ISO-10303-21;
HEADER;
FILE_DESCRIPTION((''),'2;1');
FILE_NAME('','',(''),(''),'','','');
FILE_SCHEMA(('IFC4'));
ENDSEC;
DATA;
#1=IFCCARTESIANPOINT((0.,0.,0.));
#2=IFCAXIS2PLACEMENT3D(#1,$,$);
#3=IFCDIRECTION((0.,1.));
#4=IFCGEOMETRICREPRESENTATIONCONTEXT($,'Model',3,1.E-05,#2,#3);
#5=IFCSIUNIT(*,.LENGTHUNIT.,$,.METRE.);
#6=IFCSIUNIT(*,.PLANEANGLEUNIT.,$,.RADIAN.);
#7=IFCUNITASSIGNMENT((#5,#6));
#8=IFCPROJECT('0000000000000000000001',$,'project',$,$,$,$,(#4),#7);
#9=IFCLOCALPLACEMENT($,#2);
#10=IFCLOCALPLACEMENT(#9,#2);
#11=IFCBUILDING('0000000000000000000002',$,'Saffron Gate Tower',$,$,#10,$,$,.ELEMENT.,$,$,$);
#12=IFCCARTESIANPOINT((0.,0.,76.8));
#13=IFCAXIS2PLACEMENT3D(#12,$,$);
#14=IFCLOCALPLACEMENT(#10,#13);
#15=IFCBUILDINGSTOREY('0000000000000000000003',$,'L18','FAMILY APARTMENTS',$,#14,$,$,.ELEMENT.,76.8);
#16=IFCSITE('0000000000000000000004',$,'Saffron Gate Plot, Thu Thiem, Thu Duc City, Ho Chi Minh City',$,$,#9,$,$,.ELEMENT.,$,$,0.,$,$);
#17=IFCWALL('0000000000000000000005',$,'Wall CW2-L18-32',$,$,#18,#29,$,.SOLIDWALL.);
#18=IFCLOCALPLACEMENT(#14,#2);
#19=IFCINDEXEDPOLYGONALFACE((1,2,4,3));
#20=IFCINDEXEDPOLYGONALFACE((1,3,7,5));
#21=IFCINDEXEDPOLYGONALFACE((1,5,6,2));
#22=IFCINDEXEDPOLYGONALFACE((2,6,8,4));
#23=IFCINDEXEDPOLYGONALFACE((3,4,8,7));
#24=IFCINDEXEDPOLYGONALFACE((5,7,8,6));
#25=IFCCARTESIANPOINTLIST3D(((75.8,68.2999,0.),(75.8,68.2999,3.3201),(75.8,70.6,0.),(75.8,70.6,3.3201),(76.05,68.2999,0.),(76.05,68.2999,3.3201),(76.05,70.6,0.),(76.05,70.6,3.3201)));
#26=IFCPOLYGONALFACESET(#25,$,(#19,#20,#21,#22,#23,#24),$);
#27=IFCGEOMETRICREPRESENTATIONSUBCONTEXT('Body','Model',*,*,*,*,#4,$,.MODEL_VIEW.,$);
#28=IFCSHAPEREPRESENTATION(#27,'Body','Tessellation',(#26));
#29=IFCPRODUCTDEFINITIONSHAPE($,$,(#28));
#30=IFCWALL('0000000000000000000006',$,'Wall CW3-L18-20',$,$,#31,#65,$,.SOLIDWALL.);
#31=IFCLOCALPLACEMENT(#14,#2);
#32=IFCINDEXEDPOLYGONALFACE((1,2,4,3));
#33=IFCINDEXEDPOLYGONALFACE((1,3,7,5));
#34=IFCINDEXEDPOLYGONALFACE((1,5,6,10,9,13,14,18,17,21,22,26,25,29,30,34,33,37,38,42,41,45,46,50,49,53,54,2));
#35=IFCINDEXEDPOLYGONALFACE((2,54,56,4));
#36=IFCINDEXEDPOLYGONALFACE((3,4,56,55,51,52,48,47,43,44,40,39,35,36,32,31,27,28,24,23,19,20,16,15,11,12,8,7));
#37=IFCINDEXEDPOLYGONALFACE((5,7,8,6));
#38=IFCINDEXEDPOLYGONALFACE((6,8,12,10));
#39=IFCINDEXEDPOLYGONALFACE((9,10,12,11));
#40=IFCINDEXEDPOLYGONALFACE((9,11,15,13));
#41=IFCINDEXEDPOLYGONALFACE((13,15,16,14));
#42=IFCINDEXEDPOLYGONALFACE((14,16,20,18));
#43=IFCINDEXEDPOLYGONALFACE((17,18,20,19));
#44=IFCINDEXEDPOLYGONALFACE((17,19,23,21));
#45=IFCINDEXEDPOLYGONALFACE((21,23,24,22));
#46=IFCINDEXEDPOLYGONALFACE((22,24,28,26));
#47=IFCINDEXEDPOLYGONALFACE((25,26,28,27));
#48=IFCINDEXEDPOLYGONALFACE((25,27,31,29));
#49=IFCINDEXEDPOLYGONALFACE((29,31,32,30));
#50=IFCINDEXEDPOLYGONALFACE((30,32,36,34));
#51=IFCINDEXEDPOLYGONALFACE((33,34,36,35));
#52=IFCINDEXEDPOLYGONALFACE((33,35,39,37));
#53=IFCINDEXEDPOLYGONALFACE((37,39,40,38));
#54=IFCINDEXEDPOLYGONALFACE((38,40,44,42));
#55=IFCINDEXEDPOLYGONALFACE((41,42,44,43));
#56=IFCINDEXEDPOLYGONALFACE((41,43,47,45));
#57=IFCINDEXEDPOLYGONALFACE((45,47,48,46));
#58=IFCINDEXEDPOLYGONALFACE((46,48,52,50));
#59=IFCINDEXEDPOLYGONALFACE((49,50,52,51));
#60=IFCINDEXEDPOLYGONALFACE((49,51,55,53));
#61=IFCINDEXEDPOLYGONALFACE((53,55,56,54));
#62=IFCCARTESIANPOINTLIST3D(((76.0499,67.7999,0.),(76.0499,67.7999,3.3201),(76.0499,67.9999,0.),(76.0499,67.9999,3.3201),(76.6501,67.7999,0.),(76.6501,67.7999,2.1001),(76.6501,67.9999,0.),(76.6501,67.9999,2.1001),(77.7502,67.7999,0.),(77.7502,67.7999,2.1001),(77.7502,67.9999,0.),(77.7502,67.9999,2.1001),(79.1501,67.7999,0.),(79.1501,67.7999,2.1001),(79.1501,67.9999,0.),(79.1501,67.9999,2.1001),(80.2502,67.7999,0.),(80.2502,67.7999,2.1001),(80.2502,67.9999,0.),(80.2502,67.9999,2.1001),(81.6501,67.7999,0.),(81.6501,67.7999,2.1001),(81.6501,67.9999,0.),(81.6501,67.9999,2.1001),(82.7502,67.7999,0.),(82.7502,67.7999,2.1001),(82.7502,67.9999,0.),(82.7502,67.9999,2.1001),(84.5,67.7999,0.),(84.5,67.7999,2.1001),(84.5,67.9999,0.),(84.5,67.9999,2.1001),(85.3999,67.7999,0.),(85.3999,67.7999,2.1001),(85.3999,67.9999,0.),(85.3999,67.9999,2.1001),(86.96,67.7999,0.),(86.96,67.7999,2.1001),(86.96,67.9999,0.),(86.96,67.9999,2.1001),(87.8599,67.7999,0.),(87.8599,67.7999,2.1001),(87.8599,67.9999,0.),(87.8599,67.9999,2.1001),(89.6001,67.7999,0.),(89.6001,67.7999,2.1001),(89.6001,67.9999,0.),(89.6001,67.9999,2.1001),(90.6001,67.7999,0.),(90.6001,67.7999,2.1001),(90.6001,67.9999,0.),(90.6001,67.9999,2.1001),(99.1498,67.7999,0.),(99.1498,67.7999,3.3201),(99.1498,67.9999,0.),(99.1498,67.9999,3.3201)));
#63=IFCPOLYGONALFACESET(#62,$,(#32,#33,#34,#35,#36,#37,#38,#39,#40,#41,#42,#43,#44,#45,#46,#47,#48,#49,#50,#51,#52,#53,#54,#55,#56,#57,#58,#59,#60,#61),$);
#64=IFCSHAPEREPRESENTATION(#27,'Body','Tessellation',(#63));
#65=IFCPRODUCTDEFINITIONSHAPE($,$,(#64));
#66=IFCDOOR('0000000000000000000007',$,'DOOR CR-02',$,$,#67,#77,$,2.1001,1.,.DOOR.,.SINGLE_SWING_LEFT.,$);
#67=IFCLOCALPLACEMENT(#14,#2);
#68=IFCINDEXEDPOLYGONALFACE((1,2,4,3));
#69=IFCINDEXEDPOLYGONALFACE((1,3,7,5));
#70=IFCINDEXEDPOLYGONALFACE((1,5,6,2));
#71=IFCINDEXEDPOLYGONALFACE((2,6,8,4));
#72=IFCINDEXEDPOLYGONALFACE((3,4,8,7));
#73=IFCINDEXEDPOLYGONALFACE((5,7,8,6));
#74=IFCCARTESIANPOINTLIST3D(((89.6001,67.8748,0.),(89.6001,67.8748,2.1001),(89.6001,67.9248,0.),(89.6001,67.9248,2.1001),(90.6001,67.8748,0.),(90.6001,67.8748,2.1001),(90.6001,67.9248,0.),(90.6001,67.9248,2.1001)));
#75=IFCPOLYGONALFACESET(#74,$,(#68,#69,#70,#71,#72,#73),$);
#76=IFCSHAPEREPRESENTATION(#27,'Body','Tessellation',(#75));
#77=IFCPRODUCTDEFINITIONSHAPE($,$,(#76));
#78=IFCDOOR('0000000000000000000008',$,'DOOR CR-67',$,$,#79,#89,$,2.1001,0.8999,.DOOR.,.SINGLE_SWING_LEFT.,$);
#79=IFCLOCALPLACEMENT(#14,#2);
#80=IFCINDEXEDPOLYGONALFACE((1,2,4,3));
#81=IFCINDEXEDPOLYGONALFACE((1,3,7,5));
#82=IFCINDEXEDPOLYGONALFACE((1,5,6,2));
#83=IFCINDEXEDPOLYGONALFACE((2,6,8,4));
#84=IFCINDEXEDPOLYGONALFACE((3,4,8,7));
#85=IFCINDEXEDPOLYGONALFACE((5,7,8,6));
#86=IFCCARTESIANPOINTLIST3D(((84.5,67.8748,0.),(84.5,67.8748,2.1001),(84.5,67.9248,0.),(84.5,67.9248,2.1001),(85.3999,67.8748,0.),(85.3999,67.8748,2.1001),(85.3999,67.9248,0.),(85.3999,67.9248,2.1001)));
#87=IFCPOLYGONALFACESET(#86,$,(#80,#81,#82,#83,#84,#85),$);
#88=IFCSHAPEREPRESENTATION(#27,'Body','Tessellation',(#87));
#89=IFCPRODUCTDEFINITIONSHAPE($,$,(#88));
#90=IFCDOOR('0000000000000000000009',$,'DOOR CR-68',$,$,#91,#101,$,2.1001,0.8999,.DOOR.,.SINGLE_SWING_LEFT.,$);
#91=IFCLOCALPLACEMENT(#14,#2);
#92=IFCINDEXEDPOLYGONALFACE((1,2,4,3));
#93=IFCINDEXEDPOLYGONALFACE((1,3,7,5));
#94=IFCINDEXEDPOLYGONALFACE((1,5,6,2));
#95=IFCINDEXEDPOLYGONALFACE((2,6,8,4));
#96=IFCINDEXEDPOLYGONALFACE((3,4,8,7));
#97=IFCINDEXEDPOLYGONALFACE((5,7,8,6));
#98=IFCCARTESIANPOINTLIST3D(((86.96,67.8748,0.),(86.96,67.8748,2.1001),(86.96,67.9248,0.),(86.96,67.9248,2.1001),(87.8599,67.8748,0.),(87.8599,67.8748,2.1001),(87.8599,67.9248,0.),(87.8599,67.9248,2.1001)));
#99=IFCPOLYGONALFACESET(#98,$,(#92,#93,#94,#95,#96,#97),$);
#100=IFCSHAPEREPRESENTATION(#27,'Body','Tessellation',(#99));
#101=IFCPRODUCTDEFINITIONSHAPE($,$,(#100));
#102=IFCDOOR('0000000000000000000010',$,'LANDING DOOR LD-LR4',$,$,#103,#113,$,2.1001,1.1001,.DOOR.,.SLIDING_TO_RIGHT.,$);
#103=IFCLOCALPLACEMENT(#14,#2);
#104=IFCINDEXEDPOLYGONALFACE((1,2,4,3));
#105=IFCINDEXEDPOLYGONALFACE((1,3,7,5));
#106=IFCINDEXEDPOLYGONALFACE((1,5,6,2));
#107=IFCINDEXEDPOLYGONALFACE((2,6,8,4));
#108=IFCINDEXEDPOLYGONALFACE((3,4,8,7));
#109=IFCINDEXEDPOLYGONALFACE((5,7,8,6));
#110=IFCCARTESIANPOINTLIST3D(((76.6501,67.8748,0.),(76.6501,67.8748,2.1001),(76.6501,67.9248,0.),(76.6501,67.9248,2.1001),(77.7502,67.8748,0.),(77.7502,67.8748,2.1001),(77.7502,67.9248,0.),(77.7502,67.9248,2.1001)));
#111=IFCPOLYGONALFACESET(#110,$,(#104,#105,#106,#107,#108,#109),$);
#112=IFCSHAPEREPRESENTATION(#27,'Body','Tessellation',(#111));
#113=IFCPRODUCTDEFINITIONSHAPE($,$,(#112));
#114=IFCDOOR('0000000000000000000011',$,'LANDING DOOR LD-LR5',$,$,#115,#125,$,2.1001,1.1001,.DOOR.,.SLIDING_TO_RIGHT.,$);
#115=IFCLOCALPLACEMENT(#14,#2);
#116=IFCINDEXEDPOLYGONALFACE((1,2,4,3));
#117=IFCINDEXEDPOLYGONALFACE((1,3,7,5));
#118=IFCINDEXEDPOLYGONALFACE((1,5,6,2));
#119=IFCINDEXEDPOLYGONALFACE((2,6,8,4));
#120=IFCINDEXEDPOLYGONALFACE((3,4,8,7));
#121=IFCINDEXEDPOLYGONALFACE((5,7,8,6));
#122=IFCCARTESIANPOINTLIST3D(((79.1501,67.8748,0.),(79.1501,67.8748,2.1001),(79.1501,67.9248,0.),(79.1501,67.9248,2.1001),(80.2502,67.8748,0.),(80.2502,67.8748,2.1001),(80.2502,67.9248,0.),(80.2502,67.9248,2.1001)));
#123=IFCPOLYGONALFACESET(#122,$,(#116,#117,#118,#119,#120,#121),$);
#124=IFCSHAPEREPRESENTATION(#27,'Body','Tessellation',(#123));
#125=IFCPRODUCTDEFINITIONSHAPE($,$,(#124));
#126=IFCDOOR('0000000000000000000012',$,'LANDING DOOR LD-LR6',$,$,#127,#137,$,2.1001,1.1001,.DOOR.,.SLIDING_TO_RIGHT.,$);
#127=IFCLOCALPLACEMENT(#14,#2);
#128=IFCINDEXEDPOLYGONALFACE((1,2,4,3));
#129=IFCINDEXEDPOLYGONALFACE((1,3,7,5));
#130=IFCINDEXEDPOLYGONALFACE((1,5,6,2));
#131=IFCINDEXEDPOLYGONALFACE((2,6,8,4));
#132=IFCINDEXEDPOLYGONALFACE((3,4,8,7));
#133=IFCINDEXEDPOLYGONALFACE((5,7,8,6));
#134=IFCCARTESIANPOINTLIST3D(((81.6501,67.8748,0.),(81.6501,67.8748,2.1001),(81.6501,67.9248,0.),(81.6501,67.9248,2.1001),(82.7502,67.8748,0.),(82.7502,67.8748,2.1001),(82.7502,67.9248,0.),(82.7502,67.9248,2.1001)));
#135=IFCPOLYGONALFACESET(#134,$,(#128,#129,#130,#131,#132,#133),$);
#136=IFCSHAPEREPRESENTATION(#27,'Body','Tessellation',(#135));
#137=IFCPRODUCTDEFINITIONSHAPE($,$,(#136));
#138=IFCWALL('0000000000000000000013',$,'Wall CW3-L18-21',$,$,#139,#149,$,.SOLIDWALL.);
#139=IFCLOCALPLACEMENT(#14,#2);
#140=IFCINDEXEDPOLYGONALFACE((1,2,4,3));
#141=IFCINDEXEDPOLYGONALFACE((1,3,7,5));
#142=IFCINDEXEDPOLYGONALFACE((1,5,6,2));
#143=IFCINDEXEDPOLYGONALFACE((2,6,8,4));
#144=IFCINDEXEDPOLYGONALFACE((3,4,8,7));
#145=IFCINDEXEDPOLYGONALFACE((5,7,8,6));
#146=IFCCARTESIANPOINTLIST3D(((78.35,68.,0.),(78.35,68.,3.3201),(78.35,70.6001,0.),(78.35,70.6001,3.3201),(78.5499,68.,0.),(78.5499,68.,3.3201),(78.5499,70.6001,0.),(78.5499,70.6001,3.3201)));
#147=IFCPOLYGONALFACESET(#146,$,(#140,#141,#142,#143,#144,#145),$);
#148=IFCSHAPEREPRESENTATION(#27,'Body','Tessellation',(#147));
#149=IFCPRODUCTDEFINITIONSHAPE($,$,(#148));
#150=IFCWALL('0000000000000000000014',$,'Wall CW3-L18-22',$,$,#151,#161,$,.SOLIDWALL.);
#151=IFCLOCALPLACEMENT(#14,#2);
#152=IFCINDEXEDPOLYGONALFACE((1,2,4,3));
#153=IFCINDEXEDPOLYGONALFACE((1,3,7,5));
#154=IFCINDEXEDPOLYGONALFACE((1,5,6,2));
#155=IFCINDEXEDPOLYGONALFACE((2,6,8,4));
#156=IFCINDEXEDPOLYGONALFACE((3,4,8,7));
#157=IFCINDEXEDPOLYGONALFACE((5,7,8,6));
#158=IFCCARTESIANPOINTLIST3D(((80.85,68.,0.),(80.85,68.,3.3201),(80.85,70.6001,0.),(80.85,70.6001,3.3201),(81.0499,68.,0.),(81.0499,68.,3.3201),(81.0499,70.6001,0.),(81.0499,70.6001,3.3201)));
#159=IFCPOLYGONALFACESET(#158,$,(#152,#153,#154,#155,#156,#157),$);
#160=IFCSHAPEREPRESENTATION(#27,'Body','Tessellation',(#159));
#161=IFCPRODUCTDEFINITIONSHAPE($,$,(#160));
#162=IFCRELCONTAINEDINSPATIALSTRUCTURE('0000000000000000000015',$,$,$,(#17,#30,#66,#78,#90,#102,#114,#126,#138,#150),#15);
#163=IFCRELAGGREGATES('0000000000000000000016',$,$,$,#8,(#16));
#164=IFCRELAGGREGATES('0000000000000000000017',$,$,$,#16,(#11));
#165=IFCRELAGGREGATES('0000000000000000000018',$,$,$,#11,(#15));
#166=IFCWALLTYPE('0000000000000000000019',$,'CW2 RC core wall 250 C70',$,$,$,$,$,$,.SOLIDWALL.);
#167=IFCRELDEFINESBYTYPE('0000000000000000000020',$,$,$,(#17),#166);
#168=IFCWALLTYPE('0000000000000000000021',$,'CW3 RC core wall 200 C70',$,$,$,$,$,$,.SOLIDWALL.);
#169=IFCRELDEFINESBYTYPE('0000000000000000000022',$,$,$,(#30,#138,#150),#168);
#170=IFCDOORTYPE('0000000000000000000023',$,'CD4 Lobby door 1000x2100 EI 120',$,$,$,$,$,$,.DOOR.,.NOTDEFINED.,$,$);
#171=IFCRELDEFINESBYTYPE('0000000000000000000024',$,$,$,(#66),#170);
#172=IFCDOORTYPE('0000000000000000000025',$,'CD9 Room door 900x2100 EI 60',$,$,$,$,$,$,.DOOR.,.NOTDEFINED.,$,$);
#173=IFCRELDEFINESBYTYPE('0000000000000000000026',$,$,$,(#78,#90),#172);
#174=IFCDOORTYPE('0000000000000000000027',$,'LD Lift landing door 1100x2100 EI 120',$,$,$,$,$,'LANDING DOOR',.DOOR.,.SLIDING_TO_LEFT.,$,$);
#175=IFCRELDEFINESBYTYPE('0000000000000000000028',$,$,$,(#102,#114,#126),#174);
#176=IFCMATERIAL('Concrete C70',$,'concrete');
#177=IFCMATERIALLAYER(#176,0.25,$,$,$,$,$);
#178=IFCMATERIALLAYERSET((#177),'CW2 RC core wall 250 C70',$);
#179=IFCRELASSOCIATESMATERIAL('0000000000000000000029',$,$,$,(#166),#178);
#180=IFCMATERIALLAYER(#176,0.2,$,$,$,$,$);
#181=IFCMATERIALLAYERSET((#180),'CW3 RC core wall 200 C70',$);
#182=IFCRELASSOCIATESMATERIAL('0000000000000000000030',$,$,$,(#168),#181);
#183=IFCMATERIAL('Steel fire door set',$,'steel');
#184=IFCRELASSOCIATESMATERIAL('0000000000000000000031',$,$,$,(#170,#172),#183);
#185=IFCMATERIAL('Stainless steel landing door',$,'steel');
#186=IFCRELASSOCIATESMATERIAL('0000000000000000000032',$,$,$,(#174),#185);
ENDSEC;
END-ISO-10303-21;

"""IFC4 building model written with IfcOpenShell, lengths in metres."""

from ifc_helpers import new_model, si_unit, direction, frame, frame_2d, origin, place, context, subcontext, project, spatial, rectangle, extrude, material, layer, layer_set, type_object, element, fill, save


model = new_model("IFC4")

# Units and contexts
model_context = context("Model", 3, precision=1e-05, world=origin(), true_north=direction((0.0, 1.0)))
body_context = subcontext(model_context, "Body", "Model", "MODEL_VIEW")
ifc_project = project(units=[si_unit("LENGTHUNIT", "METRE"), si_unit("PLANEANGLEUNIT", "RADIAN")], contexts=[model_context])

# Site, building, storey
site_placement = place(None, origin())
site = spatial("IfcSite", under=ifc_project, at=site_placement, Name="Saffron Gate Plot, Thu Thiem, Thu Duc City, Ho Chi Minh City", CompositionType="ELEMENT", RefElevation=0.0)
building_placement = place(site_placement, origin())
building = spatial("IfcBuilding", under=site, at=building_placement, Name="Saffron Gate Tower", CompositionType="ELEMENT")
storey_placement = place(building_placement, frame((0.0, 0.0, 76.8)))
storey = spatial("IfcBuildingStorey", under=building, at=storey_placement, Name="L18", Description="FAMILY APARTMENTS", CompositionType="ELEMENT", Elevation=76.8)

# Wall
ifc_material_1 = material(Name="Concrete C70", Category="concrete")
ifc_layer_1 = layer(ifc_material_1, 0.25)
ifc_layer_set_1 = layer_set([ifc_layer_1], Name="CW2 RC core wall 250 C70")
wall_type_1 = type_object("IfcWallType", Name="CW2 RC core wall 250 C70", PredefinedType="SOLIDWALL", material=ifc_layer_set_1)
wall_1_placement = place(storey_placement, frame((75.925, 68.3, 0.0), z_axis=(0.0, 0.0, 1.0), x_axis=(0.0, 1.0, 0.0)))
element("IfcWall", 1, at=wall_1_placement, inside=storey, type_object=wall_type_1, Name="Wall CW2-L18-32", PredefinedType="SOLIDWALL", context=body_context, shape_type="SweptSolid", body=[
    extrude(rectangle(XDim=2.3, YDim=0.25, at=frame_2d((1.1499, 0.0))), origin(), (0.0, 0.0, 1.0), 3.3201),
])

# Wall, openings, doors
ifc_layer_2 = layer(ifc_material_1, 0.2)
ifc_layer_set_2 = layer_set([ifc_layer_2], Name="CW3 RC core wall 200 C70")
wall_type_2 = type_object("IfcWallType", Name="CW3 RC core wall 200 C70", PredefinedType="SOLIDWALL", material=ifc_layer_set_2)
wall_2_placement = place(storey_placement, frame((76.05, 67.8999, 0.0), z_axis=(0.0, 0.0, 1.0), x_axis=(1.0, 0.0, 0.0)))
wall_2 = element("IfcWall", 2, at=wall_2_placement, inside=storey, type_object=wall_type_2, Name="Wall CW3-L18-20", PredefinedType="SOLIDWALL", context=body_context, shape_type="SweptSolid", body=[
    extrude(rectangle(XDim=23.0999, YDim=0.2, at=frame_2d((11.5498, 0.0))), origin(), (0.0, 0.0, 1.0), 3.3201),
])
opening_1_placement = place(wall_2_placement, frame((0.6001, 0.0, 0.0)))
opening_1 = element("IfcOpeningElement", 3, at=opening_1_placement, cuts=wall_2, PredefinedType="OPENING", context=body_context, shape_type="SweptSolid", body=[
    extrude(rectangle(XDim=1.1001, YDim=2.1001, at=frame_2d((0.55, 1.05))), frame((0.0, 0.1099, 0.0), z_axis=(0.0, -1.0, 0.0), x_axis=(1.0, 0.0, 0.0)), (0.0, 0.0, 1.0), 0.22),
])
opening_2_placement = place(wall_2_placement, frame((3.1001, 0.0, 0.0)))
opening_2 = element("IfcOpeningElement", 4, at=opening_2_placement, cuts=wall_2, PredefinedType="OPENING", context=body_context, shape_type="SweptSolid", body=[
    extrude(rectangle(XDim=1.1001, YDim=2.1001, at=frame_2d((0.55, 1.05))), frame((0.0, 0.1099, 0.0), z_axis=(0.0, -1.0, 0.0), x_axis=(1.0, 0.0, 0.0)), (0.0, 0.0, 1.0), 0.22),
])
opening_3_placement = place(wall_2_placement, frame((5.6001, 0.0, 0.0)))
opening_3 = element("IfcOpeningElement", 5, at=opening_3_placement, cuts=wall_2, PredefinedType="OPENING", context=body_context, shape_type="SweptSolid", body=[
    extrude(rectangle(XDim=1.1001, YDim=2.1001, at=frame_2d((0.55, 1.05))), frame((0.0, 0.1099, 0.0), z_axis=(0.0, -1.0, 0.0), x_axis=(1.0, 0.0, 0.0)), (0.0, 0.0, 1.0), 0.22),
])
opening_4_placement = place(wall_2_placement, frame((8.45, 0.0, 0.0)))
opening_4 = element("IfcOpeningElement", 6, at=opening_4_placement, cuts=wall_2, PredefinedType="OPENING", context=body_context, shape_type="SweptSolid", body=[
    extrude(rectangle(XDim=0.8999, YDim=2.1001, at=frame_2d((0.45, 1.05))), frame((0.0, 0.1099, 0.0), z_axis=(0.0, -1.0, 0.0), x_axis=(1.0, 0.0, 0.0)), (0.0, 0.0, 1.0), 0.22),
])
opening_5_placement = place(wall_2_placement, frame((10.9099, 0.0, 0.0)))
opening_5 = element("IfcOpeningElement", 7, at=opening_5_placement, cuts=wall_2, PredefinedType="OPENING", context=body_context, shape_type="SweptSolid", body=[
    extrude(rectangle(XDim=0.8999, YDim=2.1001, at=frame_2d((0.45, 1.05))), frame((0.0, 0.1099, 0.0), z_axis=(0.0, -1.0, 0.0), x_axis=(1.0, 0.0, 0.0)), (0.0, 0.0, 1.0), 0.22),
])
opening_6_placement = place(wall_2_placement, frame((13.55, 0.0, 0.0)))
opening_6 = element("IfcOpeningElement", 8, at=opening_6_placement, cuts=wall_2, PredefinedType="OPENING", context=body_context, shape_type="SweptSolid", body=[
    extrude(rectangle(XDim=1.0, YDim=2.1001, at=frame_2d((0.5, 1.05))), frame((0.0, 0.1099, 0.0), z_axis=(0.0, -1.0, 0.0), x_axis=(1.0, 0.0, 0.0)), (0.0, 0.0, 1.0), 0.22),
])
ifc_material_2 = material(Name="Steel fire door set", Category="steel")
door_type_1 = type_object("IfcDoorType", Name="CD4 Lobby door 1000x2100 EI 120", OperationType="NOTDEFINED", PredefinedType="DOOR", material=ifc_material_2)
door_1_placement = place(opening_6_placement, origin())
door_1 = element("IfcDoor", 9, at=door_1_placement, inside=storey, type_object=door_type_1, Name="DOOR CR-02", OperationType="SINGLE_SWING_LEFT", OverallHeight=2.1001, OverallWidth=1.0, PredefinedType="DOOR", context=body_context, shape_type="SweptSolid", body=[
    extrude(rectangle(XDim=1.0, YDim=2.1001, at=frame_2d((0.5, 1.05))), frame((0.0, 0.0249, 0.0), z_axis=(0.0, -1.0, 0.0), x_axis=(1.0, 0.0, 0.0)), (0.0, 0.0, 1.0), 0.05),
])
fill(opening_6, door_1)
door_type_2 = type_object("IfcDoorType", Name="CD9 Room door 900x2100 EI 60", OperationType="NOTDEFINED", PredefinedType="DOOR", material=ifc_material_2)
door_2_placement = place(opening_4_placement, origin())
door_2 = element("IfcDoor", 10, at=door_2_placement, inside=storey, type_object=door_type_2, Name="DOOR CR-67", OperationType="SINGLE_SWING_LEFT", OverallHeight=2.1001, OverallWidth=0.8999, PredefinedType="DOOR", context=body_context, shape_type="SweptSolid", body=[
    extrude(rectangle(XDim=0.8999, YDim=2.1001, at=frame_2d((0.45, 1.05))), frame((0.0, 0.0249, 0.0), z_axis=(0.0, -1.0, 0.0), x_axis=(1.0, 0.0, 0.0)), (0.0, 0.0, 1.0), 0.05),
])
fill(opening_4, door_2)
door_3_placement = place(opening_5_placement, origin())
door_3 = element("IfcDoor", 11, at=door_3_placement, inside=storey, type_object=door_type_2, Name="DOOR CR-68", OperationType="SINGLE_SWING_LEFT", OverallHeight=2.1001, OverallWidth=0.8999, PredefinedType="DOOR", context=body_context, shape_type="SweptSolid", body=[
    extrude(rectangle(XDim=0.8999, YDim=2.1001, at=frame_2d((0.45, 1.05))), frame((0.0, 0.0249, 0.0), z_axis=(0.0, -1.0, 0.0), x_axis=(1.0, 0.0, 0.0)), (0.0, 0.0, 1.0), 0.05),
])
fill(opening_5, door_3)
ifc_material_3 = material(Name="Stainless steel landing door", Category="steel")
door_type_3 = type_object("IfcDoorType", Name="LD Lift landing door 1100x2100 EI 120", ElementType="LANDING DOOR", OperationType="SLIDING_TO_LEFT", PredefinedType="DOOR", material=ifc_material_3)
door_4_placement = place(opening_1_placement, origin())
door_4 = element("IfcDoor", 12, at=door_4_placement, inside=storey, type_object=door_type_3, Name="LANDING DOOR LD-LR4", OperationType="SLIDING_TO_RIGHT", OverallHeight=2.1001, OverallWidth=1.1001, PredefinedType="DOOR", context=body_context, shape_type="SweptSolid", body=[
    extrude(rectangle(XDim=1.1001, YDim=2.1001, at=frame_2d((0.55, 1.05))), frame((0.0, 0.0249, 0.0), z_axis=(0.0, -1.0, 0.0), x_axis=(1.0, 0.0, 0.0)), (0.0, 0.0, 1.0), 0.05),
])
fill(opening_1, door_4)
door_5_placement = place(opening_2_placement, origin())
door_5 = element("IfcDoor", 13, at=door_5_placement, inside=storey, type_object=door_type_3, Name="LANDING DOOR LD-LR5", OperationType="SLIDING_TO_RIGHT", OverallHeight=2.1001, OverallWidth=1.1001, PredefinedType="DOOR", context=body_context, shape_type="SweptSolid", body=[
    extrude(rectangle(XDim=1.1001, YDim=2.1001, at=frame_2d((0.55, 1.05))), frame((0.0, 0.0249, 0.0), z_axis=(0.0, -1.0, 0.0), x_axis=(1.0, 0.0, 0.0)), (0.0, 0.0, 1.0), 0.05),
])
fill(opening_2, door_5)
door_6_placement = place(opening_3_placement, origin())
door_6 = element("IfcDoor", 14, at=door_6_placement, inside=storey, type_object=door_type_3, Name="LANDING DOOR LD-LR6", OperationType="SLIDING_TO_RIGHT", OverallHeight=2.1001, OverallWidth=1.1001, PredefinedType="DOOR", context=body_context, shape_type="SweptSolid", body=[
    extrude(rectangle(XDim=1.1001, YDim=2.1001, at=frame_2d((0.55, 1.05))), frame((0.0, 0.0249, 0.0), z_axis=(0.0, -1.0, 0.0), x_axis=(1.0, 0.0, 0.0)), (0.0, 0.0, 1.0), 0.05),
])
fill(opening_3, door_6)

# Walls
for number, where, z_axis, x_axis, name in (
    (15, (78.45, 68.0, 0.0), (0.0, 0.0, 1.0), (0.0, 1.0, 0.0), "Wall CW3-L18-21"),
    (16, (80.95, 68.0, 0.0), (0.0, 0.0, 1.0), (0.0, 1.0, 0.0), "Wall CW3-L18-22"),
):
    element("IfcWall", number, at=place(storey_placement, frame(where, z_axis=z_axis, x_axis=x_axis)), inside=storey, type_object=wall_type_2, Name=name, PredefinedType="SOLIDWALL", context=body_context, shape_type="SweptSolid", body=[
        extrude(rectangle(XDim=2.6001, YDim=0.2, at=frame_2d((1.3, 0.0))), origin(), (0.0, 0.0, 1.0), 3.3201),
    ])

save(model, "model.ifc")
